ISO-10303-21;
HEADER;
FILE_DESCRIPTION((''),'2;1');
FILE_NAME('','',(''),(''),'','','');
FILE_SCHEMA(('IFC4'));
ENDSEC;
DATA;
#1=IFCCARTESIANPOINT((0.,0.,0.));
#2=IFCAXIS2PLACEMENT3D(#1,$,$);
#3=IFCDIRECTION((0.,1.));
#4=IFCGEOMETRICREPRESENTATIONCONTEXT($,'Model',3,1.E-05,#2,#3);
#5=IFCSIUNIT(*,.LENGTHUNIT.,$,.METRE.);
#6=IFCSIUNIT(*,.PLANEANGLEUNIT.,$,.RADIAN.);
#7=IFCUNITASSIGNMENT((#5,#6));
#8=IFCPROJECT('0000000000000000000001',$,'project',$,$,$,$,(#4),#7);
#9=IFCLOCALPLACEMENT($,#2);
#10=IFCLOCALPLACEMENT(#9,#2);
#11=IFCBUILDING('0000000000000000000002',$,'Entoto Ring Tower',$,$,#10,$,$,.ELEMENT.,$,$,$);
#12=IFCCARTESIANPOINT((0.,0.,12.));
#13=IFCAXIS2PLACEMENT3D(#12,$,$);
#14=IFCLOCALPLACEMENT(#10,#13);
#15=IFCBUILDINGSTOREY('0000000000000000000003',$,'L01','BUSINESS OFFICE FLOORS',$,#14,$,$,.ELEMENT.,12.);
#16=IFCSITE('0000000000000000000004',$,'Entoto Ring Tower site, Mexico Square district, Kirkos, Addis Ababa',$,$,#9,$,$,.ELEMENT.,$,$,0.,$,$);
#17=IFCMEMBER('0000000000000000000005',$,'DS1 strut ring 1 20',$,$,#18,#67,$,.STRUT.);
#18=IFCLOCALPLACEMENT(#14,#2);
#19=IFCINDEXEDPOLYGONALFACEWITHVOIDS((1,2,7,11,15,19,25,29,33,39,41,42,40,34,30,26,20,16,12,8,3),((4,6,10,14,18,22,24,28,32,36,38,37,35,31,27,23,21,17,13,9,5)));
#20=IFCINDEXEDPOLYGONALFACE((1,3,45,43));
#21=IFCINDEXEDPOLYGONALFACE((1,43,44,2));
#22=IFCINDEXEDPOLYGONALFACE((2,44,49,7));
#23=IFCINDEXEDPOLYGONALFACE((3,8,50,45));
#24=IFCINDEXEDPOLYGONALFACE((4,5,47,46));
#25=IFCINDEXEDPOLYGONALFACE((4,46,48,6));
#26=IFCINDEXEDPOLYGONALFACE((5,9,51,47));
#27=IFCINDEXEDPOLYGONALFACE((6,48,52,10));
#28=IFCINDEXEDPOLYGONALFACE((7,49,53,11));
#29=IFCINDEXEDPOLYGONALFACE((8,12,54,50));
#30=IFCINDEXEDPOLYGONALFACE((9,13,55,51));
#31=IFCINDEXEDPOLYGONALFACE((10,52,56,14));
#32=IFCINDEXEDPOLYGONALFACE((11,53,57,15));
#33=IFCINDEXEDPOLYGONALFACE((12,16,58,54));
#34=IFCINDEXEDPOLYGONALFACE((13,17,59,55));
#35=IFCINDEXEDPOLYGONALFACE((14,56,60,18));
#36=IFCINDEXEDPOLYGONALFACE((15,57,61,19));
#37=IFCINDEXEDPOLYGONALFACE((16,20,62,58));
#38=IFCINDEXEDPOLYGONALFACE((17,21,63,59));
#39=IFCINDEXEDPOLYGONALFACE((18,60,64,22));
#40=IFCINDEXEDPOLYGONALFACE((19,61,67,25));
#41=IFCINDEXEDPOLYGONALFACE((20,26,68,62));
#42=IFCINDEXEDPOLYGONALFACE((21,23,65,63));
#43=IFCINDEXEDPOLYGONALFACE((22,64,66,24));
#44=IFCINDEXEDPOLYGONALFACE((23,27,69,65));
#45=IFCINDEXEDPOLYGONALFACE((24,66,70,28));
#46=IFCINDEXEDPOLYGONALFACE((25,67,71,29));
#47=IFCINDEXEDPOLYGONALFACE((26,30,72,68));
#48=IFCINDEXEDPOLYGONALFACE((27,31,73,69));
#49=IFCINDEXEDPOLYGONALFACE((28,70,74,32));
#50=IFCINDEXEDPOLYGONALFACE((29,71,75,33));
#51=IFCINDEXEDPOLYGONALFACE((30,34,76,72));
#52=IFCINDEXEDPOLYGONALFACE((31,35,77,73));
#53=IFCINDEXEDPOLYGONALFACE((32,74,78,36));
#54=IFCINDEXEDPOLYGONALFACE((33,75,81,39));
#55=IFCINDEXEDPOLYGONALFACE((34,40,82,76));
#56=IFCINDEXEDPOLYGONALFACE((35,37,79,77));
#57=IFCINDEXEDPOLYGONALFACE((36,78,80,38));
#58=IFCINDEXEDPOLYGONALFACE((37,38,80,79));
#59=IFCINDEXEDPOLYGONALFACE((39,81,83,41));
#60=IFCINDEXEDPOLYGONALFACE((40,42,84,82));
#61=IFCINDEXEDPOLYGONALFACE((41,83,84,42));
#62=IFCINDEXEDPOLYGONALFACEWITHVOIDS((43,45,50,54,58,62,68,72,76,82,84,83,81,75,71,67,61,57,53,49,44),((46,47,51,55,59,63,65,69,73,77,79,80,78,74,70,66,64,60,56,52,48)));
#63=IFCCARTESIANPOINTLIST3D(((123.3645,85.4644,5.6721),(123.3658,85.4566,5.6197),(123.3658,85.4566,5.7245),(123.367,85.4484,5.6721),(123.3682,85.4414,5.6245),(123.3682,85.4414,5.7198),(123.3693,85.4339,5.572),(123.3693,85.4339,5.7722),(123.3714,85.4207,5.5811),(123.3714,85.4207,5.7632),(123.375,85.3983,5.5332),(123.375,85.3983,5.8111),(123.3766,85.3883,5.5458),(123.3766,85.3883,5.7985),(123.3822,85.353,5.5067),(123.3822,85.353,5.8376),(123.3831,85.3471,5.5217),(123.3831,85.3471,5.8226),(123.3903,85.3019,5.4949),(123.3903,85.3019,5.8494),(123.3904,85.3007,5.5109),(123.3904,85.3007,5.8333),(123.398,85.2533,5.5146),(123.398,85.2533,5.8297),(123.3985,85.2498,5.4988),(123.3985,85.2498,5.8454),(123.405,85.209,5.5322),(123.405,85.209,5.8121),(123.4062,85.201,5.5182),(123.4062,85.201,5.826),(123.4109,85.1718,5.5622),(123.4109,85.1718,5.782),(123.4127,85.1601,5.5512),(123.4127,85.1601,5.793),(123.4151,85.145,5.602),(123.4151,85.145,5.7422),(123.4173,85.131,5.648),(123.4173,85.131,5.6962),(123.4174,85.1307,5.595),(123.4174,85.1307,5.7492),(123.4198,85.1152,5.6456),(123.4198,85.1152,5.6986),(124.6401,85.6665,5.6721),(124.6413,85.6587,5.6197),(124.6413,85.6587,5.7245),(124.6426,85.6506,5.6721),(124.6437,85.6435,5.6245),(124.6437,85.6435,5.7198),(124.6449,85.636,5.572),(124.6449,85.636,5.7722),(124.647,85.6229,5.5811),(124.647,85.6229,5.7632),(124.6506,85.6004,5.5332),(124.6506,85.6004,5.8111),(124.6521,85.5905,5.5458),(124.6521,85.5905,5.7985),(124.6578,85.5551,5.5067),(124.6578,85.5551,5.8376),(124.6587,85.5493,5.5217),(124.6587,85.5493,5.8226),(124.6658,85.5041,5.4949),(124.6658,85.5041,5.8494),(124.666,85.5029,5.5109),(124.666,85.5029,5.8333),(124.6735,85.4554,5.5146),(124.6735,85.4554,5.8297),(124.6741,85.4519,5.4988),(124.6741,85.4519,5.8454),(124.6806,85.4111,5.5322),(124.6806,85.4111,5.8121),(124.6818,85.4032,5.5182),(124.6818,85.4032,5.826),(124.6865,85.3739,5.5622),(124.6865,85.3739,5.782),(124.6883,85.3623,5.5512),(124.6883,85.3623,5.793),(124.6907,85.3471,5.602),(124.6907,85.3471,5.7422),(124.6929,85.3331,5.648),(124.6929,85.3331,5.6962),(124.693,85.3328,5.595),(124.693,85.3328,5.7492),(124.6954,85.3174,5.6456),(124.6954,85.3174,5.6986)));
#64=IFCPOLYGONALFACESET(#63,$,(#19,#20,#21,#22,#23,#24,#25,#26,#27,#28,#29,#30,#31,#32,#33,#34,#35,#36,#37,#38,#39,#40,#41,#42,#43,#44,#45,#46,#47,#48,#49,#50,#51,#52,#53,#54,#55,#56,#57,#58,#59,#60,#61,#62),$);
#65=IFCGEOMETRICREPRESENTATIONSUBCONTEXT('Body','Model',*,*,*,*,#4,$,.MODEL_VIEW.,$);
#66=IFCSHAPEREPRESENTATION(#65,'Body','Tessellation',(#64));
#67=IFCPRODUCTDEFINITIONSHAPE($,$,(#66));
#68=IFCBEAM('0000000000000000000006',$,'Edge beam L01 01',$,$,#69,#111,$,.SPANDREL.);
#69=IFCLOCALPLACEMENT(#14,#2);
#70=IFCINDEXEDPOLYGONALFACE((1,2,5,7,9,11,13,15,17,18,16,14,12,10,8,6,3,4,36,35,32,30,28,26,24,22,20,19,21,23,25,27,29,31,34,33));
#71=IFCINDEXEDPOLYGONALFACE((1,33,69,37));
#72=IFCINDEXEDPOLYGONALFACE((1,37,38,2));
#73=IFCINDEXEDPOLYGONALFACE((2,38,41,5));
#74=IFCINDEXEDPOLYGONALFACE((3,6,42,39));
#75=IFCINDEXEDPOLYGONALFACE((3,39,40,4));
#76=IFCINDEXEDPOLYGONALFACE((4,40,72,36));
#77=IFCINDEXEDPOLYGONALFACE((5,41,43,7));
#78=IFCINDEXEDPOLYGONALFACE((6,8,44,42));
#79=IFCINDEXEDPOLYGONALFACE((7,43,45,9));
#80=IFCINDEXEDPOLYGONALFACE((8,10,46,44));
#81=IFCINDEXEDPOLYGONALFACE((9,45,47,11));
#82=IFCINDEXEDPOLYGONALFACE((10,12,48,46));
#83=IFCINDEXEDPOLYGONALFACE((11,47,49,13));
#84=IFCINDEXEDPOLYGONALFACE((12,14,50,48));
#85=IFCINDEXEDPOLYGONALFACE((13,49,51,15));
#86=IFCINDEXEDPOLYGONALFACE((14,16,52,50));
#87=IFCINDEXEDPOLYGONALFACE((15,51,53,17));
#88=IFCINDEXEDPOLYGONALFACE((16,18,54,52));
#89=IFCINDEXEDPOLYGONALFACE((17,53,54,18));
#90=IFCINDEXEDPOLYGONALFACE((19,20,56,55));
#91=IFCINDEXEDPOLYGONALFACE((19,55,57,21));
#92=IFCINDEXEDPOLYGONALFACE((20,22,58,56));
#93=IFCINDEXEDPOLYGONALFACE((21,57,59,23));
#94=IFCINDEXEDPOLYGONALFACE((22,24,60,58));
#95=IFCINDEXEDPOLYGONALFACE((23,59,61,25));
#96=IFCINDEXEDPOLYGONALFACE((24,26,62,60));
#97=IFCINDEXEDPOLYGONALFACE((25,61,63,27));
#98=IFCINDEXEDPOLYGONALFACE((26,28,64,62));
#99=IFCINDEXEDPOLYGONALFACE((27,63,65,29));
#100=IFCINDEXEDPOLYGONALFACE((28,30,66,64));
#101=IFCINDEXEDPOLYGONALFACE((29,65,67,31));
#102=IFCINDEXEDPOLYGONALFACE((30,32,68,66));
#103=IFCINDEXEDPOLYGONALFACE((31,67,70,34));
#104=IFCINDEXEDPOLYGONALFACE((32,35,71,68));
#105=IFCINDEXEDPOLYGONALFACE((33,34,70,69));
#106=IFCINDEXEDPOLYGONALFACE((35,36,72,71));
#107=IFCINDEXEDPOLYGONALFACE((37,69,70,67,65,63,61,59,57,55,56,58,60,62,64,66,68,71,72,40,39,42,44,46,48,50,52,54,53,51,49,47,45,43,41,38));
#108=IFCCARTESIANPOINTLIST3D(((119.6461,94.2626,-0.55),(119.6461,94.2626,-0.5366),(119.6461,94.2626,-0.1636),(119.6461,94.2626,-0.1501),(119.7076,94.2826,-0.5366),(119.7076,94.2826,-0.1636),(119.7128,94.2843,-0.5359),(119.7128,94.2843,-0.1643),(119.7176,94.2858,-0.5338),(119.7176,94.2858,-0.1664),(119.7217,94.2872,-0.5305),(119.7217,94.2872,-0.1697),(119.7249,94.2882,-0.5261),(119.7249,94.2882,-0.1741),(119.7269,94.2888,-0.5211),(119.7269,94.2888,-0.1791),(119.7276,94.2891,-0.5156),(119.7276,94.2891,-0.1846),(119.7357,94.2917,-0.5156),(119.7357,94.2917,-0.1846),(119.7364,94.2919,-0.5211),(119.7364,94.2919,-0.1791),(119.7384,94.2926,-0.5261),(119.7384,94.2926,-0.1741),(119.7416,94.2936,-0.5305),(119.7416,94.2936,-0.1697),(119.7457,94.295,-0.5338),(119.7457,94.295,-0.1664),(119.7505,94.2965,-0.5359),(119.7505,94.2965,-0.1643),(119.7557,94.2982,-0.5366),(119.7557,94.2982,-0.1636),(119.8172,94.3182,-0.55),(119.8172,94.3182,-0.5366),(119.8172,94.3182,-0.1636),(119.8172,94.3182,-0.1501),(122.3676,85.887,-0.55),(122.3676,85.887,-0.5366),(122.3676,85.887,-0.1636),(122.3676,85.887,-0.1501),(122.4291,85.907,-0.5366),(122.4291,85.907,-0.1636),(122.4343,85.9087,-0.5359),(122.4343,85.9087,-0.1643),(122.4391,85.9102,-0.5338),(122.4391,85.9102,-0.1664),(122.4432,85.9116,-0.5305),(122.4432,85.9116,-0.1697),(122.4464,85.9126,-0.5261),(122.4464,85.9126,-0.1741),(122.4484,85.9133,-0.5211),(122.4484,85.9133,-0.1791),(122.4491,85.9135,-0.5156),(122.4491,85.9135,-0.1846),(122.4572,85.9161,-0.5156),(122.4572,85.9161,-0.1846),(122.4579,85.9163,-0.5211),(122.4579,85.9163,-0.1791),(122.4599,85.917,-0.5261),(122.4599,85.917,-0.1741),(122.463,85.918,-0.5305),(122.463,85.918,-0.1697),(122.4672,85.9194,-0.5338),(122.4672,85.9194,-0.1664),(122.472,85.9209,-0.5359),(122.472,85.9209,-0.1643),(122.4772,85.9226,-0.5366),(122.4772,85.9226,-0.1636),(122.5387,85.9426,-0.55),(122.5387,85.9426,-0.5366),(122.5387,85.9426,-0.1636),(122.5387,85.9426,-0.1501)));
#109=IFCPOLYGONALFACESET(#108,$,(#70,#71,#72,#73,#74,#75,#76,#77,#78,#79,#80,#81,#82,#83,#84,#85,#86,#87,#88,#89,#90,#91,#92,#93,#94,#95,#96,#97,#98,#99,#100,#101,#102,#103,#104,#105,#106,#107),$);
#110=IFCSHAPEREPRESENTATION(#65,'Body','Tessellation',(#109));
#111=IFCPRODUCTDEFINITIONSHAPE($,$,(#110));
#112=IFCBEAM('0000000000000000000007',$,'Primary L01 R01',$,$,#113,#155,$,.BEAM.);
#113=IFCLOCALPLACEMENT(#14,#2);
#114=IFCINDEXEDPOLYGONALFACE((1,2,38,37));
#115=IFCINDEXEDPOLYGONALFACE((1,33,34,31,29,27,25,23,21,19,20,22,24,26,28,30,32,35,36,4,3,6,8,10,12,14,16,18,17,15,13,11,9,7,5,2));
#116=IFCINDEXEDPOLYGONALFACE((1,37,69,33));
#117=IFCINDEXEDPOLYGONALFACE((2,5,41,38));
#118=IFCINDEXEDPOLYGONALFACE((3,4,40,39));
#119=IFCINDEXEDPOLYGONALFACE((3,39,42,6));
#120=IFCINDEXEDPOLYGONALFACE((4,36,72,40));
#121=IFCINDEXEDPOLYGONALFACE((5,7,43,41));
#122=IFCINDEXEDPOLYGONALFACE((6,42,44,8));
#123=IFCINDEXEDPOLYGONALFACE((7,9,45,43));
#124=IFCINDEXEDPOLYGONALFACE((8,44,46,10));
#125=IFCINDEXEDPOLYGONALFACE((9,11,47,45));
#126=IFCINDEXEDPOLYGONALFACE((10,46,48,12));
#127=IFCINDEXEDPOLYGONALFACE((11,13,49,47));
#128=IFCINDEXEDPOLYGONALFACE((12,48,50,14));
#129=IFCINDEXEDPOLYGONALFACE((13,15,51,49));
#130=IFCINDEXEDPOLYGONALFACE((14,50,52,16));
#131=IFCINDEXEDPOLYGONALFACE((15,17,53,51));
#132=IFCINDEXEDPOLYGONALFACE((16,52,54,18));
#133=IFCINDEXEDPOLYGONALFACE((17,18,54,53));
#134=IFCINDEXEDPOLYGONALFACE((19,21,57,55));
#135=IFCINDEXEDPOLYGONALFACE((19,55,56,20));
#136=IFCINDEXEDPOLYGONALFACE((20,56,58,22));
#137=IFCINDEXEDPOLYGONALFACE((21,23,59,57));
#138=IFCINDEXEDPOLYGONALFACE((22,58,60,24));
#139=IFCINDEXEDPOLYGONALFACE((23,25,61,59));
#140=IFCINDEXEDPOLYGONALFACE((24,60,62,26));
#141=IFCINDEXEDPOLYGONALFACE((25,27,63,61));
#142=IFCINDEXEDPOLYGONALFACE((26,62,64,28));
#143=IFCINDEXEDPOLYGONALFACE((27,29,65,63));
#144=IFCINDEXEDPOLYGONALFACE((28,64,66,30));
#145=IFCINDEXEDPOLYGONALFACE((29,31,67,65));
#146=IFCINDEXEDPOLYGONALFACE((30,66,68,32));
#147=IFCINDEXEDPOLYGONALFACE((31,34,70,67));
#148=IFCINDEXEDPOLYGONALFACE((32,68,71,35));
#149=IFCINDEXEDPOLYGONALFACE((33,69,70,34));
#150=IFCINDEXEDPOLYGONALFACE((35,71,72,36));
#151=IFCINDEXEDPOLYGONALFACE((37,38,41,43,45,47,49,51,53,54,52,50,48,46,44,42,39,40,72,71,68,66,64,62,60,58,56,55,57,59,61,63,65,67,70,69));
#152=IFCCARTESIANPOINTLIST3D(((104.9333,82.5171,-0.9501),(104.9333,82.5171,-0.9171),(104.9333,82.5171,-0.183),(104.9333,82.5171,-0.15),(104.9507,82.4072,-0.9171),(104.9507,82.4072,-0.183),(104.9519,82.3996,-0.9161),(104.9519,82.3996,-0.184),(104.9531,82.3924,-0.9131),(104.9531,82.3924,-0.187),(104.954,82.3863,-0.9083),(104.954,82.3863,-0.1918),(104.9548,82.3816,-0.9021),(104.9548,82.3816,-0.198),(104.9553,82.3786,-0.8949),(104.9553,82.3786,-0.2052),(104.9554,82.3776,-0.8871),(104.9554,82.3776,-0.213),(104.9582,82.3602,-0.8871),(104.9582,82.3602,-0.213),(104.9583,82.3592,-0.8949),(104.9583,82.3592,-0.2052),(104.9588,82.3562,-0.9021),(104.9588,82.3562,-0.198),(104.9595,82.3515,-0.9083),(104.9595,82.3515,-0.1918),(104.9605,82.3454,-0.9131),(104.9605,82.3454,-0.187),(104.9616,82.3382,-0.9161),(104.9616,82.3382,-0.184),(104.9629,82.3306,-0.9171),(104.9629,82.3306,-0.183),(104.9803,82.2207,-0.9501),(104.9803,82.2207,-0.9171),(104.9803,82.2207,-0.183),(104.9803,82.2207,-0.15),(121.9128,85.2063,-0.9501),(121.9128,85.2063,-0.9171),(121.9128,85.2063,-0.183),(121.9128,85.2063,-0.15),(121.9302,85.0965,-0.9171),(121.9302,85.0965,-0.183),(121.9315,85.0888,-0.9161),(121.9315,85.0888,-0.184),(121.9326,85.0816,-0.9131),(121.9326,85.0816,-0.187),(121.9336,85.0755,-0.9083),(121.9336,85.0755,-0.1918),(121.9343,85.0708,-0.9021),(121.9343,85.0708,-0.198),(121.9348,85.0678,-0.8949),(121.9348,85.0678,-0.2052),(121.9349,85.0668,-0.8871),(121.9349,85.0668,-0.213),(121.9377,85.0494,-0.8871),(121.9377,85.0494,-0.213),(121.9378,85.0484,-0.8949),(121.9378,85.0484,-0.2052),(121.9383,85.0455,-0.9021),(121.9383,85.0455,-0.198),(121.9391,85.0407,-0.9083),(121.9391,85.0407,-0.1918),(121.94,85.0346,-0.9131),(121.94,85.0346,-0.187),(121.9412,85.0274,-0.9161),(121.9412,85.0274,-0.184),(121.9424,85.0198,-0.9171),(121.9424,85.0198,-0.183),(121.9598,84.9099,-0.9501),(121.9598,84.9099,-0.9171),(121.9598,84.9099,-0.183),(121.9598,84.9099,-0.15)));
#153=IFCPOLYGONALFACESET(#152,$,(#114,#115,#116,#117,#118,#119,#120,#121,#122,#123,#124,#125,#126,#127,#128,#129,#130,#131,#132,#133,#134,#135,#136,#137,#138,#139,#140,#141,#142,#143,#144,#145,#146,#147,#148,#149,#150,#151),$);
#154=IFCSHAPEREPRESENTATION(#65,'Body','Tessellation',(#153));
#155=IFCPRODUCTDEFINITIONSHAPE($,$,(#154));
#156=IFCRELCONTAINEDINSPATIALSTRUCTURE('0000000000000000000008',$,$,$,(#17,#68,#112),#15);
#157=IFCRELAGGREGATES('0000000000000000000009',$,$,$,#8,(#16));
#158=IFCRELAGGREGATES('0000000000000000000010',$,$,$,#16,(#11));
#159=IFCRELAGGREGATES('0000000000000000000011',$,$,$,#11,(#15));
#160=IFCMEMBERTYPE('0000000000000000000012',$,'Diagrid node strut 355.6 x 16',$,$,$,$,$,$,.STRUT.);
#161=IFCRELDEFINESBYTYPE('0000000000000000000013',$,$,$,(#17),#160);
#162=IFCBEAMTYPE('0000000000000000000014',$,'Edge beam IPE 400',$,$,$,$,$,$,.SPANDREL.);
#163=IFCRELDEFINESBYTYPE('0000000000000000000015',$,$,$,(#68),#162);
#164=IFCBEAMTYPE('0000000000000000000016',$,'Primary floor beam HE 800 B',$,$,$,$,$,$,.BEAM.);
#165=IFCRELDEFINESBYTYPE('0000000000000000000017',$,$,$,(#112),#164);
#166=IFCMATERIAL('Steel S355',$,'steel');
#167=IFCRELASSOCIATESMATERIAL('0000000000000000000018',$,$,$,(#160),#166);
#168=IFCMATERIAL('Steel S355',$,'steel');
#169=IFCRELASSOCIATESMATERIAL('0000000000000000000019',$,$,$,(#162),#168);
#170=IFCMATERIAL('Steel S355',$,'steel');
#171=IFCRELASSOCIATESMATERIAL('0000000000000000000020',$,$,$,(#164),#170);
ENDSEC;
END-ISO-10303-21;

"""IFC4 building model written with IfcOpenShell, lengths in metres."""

from ifc_helpers import new_model, si_unit, direction, frame, origin, origin_2d, place, context, subcontext, project, spatial, circle, hollow_circle, i_section, extrude, material, material_profile, profile_set, type_object, element, save


model = new_model("IFC4")

# Units and contexts
model_context = context("Model", 3, precision=1e-05, world=origin(), true_north=direction((0.0, 1.0)))
body_context = subcontext(model_context, "Body", "Model", "MODEL_VIEW")
ifc_project = project(units=[si_unit("LENGTHUNIT", "METRE"), si_unit("PLANEANGLEUNIT", "RADIAN")], contexts=[model_context])

# Site, building, storey
site_placement = place(None, origin())
site = spatial("IfcSite", under=ifc_project, at=site_placement, Name="Entoto Ring Tower site, Mexico Square district, Kirkos, Addis Ababa", CompositionType="ELEMENT", RefElevation=0.0)
building_placement = place(site_placement, origin())
building = spatial("IfcBuilding", under=site, at=building_placement, Name="Entoto Ring Tower", CompositionType="ELEMENT")
storey_placement = place(building_placement, frame((0.0, 0.0, 12.0)))
storey = spatial("IfcBuildingStorey", under=building, at=storey_placement, Name="L01", Description="BUSINESS OFFICE FLOORS", CompositionType="ELEMENT", Elevation=12.0)

# Member
ifc_material_1 = material(Name="Steel S355", Category="steel")
ifc_material_profile_1 = material_profile(ifc_material_1, hollow_circle(Radius=0.1777, WallThickness=0.0161, at=origin_2d()), Name="CHS 355.6 x 16")
ifc_material_2 = material(Name="Concrete C60/75", Category="concrete")
ifc_material_profile_2 = material_profile(ifc_material_2, circle(Radius=0.1619, at=origin_2d()), Name="Concrete C60/75 infill")
ifc_profile_set_1 = profile_set([ifc_material_profile_1, ifc_material_profile_2], Name="Steel S355")
member_type_1 = type_object("IfcMemberType", Name="Diagrid node strut 355.6 x 16", PredefinedType="STRUT", material=ifc_profile_set_1)
member_1_placement = place(storey_placement, frame((123.3923, 85.2888, 5.6721), z_axis=(0.987675, 0.156516, 0.0), x_axis=(-0.156516, 0.987675, 0.0)))
element("IfcMember", 1, at=member_1_placement, inside=storey, type_object=member_type_1, Name="DS1 strut ring 1 20", PredefinedType="STRUT", context=body_context, shape_type="SweptSolid", body=[
    extrude(hollow_circle(Radius=0.1777, WallThickness=0.0161, at=origin_2d()), origin(), (0.0, 0.0, 1.0), 1.2915),
])

# Beams
ifc_material_3 = material(Name="Steel S355", Category="steel")
ifc_material_profile_3 = material_profile(ifc_material_3, i_section(OverallWidth=0.1799, OverallDepth=0.3999, WebThickness=0.0085, FlangeThickness=0.0134, FilletRadius=0.021, at=origin_2d()), Name="IPE 400")
ifc_profile_set_2 = profile_set([ifc_material_profile_3], Name="Steel S355")
beam_type_1 = type_object("IfcBeamType", Name="Edge beam IPE 400", PredefinedType="SPANDREL", material=ifc_profile_set_2)
beam_1_placement = place(storey_placement, frame((122.4531, 85.9148, -0.3501), z_axis=(-0.309025, 0.951054, 0.0), x_axis=(-0.951054, -0.309025, 0.0)))
element("IfcBeam", 2, at=beam_1_placement, inside=storey, type_object=beam_type_1, Name="Edge beam L01 01", PredefinedType="SPANDREL", context=body_context, shape_type="SweptSolid", body=[
    extrude(i_section(OverallWidth=0.1799, OverallDepth=0.3999, WebThickness=0.0085, FlangeThickness=0.0134, FilletRadius=0.021, at=origin_2d()), origin(), (0.0, 0.0, 1.0), 8.8066),
])
ifc_material_4 = material(Name="Steel S355", Category="steel")
ifc_material_profile_4 = material_profile(ifc_material_4, i_section(OverallWidth=0.3, OverallDepth=0.8, WebThickness=0.0176, FlangeThickness=0.033, FilletRadius=0.03, at=origin_2d()), Name="HE 800 B")
ifc_profile_set_3 = profile_set([ifc_material_profile_4], Name="Steel S355")
beam_type_2 = type_object("IfcBeamType", Name="Primary floor beam HE 800 B", PredefinedType="BEAM", material=ifc_profile_set_3)
beam_2_placement = place(storey_placement, frame((104.9568, 82.3689, -0.55), z_axis=(0.987689, 0.15643, 0.0), x_axis=(-0.15643, 0.987689, 0.0)))
element("IfcBeam", 3, at=beam_2_placement, inside=storey, type_object=beam_type_2, Name="Primary L01 R01", PredefinedType="BEAM", context=body_context, shape_type="SweptSolid", body=[
    extrude(i_section(OverallWidth=0.3, OverallDepth=0.8, WebThickness=0.0176, FlangeThickness=0.033, FilletRadius=0.03, at=origin_2d()), origin(), (0.0, 0.0, 1.0), 17.1912),
])

save(model, "model.ifc")
